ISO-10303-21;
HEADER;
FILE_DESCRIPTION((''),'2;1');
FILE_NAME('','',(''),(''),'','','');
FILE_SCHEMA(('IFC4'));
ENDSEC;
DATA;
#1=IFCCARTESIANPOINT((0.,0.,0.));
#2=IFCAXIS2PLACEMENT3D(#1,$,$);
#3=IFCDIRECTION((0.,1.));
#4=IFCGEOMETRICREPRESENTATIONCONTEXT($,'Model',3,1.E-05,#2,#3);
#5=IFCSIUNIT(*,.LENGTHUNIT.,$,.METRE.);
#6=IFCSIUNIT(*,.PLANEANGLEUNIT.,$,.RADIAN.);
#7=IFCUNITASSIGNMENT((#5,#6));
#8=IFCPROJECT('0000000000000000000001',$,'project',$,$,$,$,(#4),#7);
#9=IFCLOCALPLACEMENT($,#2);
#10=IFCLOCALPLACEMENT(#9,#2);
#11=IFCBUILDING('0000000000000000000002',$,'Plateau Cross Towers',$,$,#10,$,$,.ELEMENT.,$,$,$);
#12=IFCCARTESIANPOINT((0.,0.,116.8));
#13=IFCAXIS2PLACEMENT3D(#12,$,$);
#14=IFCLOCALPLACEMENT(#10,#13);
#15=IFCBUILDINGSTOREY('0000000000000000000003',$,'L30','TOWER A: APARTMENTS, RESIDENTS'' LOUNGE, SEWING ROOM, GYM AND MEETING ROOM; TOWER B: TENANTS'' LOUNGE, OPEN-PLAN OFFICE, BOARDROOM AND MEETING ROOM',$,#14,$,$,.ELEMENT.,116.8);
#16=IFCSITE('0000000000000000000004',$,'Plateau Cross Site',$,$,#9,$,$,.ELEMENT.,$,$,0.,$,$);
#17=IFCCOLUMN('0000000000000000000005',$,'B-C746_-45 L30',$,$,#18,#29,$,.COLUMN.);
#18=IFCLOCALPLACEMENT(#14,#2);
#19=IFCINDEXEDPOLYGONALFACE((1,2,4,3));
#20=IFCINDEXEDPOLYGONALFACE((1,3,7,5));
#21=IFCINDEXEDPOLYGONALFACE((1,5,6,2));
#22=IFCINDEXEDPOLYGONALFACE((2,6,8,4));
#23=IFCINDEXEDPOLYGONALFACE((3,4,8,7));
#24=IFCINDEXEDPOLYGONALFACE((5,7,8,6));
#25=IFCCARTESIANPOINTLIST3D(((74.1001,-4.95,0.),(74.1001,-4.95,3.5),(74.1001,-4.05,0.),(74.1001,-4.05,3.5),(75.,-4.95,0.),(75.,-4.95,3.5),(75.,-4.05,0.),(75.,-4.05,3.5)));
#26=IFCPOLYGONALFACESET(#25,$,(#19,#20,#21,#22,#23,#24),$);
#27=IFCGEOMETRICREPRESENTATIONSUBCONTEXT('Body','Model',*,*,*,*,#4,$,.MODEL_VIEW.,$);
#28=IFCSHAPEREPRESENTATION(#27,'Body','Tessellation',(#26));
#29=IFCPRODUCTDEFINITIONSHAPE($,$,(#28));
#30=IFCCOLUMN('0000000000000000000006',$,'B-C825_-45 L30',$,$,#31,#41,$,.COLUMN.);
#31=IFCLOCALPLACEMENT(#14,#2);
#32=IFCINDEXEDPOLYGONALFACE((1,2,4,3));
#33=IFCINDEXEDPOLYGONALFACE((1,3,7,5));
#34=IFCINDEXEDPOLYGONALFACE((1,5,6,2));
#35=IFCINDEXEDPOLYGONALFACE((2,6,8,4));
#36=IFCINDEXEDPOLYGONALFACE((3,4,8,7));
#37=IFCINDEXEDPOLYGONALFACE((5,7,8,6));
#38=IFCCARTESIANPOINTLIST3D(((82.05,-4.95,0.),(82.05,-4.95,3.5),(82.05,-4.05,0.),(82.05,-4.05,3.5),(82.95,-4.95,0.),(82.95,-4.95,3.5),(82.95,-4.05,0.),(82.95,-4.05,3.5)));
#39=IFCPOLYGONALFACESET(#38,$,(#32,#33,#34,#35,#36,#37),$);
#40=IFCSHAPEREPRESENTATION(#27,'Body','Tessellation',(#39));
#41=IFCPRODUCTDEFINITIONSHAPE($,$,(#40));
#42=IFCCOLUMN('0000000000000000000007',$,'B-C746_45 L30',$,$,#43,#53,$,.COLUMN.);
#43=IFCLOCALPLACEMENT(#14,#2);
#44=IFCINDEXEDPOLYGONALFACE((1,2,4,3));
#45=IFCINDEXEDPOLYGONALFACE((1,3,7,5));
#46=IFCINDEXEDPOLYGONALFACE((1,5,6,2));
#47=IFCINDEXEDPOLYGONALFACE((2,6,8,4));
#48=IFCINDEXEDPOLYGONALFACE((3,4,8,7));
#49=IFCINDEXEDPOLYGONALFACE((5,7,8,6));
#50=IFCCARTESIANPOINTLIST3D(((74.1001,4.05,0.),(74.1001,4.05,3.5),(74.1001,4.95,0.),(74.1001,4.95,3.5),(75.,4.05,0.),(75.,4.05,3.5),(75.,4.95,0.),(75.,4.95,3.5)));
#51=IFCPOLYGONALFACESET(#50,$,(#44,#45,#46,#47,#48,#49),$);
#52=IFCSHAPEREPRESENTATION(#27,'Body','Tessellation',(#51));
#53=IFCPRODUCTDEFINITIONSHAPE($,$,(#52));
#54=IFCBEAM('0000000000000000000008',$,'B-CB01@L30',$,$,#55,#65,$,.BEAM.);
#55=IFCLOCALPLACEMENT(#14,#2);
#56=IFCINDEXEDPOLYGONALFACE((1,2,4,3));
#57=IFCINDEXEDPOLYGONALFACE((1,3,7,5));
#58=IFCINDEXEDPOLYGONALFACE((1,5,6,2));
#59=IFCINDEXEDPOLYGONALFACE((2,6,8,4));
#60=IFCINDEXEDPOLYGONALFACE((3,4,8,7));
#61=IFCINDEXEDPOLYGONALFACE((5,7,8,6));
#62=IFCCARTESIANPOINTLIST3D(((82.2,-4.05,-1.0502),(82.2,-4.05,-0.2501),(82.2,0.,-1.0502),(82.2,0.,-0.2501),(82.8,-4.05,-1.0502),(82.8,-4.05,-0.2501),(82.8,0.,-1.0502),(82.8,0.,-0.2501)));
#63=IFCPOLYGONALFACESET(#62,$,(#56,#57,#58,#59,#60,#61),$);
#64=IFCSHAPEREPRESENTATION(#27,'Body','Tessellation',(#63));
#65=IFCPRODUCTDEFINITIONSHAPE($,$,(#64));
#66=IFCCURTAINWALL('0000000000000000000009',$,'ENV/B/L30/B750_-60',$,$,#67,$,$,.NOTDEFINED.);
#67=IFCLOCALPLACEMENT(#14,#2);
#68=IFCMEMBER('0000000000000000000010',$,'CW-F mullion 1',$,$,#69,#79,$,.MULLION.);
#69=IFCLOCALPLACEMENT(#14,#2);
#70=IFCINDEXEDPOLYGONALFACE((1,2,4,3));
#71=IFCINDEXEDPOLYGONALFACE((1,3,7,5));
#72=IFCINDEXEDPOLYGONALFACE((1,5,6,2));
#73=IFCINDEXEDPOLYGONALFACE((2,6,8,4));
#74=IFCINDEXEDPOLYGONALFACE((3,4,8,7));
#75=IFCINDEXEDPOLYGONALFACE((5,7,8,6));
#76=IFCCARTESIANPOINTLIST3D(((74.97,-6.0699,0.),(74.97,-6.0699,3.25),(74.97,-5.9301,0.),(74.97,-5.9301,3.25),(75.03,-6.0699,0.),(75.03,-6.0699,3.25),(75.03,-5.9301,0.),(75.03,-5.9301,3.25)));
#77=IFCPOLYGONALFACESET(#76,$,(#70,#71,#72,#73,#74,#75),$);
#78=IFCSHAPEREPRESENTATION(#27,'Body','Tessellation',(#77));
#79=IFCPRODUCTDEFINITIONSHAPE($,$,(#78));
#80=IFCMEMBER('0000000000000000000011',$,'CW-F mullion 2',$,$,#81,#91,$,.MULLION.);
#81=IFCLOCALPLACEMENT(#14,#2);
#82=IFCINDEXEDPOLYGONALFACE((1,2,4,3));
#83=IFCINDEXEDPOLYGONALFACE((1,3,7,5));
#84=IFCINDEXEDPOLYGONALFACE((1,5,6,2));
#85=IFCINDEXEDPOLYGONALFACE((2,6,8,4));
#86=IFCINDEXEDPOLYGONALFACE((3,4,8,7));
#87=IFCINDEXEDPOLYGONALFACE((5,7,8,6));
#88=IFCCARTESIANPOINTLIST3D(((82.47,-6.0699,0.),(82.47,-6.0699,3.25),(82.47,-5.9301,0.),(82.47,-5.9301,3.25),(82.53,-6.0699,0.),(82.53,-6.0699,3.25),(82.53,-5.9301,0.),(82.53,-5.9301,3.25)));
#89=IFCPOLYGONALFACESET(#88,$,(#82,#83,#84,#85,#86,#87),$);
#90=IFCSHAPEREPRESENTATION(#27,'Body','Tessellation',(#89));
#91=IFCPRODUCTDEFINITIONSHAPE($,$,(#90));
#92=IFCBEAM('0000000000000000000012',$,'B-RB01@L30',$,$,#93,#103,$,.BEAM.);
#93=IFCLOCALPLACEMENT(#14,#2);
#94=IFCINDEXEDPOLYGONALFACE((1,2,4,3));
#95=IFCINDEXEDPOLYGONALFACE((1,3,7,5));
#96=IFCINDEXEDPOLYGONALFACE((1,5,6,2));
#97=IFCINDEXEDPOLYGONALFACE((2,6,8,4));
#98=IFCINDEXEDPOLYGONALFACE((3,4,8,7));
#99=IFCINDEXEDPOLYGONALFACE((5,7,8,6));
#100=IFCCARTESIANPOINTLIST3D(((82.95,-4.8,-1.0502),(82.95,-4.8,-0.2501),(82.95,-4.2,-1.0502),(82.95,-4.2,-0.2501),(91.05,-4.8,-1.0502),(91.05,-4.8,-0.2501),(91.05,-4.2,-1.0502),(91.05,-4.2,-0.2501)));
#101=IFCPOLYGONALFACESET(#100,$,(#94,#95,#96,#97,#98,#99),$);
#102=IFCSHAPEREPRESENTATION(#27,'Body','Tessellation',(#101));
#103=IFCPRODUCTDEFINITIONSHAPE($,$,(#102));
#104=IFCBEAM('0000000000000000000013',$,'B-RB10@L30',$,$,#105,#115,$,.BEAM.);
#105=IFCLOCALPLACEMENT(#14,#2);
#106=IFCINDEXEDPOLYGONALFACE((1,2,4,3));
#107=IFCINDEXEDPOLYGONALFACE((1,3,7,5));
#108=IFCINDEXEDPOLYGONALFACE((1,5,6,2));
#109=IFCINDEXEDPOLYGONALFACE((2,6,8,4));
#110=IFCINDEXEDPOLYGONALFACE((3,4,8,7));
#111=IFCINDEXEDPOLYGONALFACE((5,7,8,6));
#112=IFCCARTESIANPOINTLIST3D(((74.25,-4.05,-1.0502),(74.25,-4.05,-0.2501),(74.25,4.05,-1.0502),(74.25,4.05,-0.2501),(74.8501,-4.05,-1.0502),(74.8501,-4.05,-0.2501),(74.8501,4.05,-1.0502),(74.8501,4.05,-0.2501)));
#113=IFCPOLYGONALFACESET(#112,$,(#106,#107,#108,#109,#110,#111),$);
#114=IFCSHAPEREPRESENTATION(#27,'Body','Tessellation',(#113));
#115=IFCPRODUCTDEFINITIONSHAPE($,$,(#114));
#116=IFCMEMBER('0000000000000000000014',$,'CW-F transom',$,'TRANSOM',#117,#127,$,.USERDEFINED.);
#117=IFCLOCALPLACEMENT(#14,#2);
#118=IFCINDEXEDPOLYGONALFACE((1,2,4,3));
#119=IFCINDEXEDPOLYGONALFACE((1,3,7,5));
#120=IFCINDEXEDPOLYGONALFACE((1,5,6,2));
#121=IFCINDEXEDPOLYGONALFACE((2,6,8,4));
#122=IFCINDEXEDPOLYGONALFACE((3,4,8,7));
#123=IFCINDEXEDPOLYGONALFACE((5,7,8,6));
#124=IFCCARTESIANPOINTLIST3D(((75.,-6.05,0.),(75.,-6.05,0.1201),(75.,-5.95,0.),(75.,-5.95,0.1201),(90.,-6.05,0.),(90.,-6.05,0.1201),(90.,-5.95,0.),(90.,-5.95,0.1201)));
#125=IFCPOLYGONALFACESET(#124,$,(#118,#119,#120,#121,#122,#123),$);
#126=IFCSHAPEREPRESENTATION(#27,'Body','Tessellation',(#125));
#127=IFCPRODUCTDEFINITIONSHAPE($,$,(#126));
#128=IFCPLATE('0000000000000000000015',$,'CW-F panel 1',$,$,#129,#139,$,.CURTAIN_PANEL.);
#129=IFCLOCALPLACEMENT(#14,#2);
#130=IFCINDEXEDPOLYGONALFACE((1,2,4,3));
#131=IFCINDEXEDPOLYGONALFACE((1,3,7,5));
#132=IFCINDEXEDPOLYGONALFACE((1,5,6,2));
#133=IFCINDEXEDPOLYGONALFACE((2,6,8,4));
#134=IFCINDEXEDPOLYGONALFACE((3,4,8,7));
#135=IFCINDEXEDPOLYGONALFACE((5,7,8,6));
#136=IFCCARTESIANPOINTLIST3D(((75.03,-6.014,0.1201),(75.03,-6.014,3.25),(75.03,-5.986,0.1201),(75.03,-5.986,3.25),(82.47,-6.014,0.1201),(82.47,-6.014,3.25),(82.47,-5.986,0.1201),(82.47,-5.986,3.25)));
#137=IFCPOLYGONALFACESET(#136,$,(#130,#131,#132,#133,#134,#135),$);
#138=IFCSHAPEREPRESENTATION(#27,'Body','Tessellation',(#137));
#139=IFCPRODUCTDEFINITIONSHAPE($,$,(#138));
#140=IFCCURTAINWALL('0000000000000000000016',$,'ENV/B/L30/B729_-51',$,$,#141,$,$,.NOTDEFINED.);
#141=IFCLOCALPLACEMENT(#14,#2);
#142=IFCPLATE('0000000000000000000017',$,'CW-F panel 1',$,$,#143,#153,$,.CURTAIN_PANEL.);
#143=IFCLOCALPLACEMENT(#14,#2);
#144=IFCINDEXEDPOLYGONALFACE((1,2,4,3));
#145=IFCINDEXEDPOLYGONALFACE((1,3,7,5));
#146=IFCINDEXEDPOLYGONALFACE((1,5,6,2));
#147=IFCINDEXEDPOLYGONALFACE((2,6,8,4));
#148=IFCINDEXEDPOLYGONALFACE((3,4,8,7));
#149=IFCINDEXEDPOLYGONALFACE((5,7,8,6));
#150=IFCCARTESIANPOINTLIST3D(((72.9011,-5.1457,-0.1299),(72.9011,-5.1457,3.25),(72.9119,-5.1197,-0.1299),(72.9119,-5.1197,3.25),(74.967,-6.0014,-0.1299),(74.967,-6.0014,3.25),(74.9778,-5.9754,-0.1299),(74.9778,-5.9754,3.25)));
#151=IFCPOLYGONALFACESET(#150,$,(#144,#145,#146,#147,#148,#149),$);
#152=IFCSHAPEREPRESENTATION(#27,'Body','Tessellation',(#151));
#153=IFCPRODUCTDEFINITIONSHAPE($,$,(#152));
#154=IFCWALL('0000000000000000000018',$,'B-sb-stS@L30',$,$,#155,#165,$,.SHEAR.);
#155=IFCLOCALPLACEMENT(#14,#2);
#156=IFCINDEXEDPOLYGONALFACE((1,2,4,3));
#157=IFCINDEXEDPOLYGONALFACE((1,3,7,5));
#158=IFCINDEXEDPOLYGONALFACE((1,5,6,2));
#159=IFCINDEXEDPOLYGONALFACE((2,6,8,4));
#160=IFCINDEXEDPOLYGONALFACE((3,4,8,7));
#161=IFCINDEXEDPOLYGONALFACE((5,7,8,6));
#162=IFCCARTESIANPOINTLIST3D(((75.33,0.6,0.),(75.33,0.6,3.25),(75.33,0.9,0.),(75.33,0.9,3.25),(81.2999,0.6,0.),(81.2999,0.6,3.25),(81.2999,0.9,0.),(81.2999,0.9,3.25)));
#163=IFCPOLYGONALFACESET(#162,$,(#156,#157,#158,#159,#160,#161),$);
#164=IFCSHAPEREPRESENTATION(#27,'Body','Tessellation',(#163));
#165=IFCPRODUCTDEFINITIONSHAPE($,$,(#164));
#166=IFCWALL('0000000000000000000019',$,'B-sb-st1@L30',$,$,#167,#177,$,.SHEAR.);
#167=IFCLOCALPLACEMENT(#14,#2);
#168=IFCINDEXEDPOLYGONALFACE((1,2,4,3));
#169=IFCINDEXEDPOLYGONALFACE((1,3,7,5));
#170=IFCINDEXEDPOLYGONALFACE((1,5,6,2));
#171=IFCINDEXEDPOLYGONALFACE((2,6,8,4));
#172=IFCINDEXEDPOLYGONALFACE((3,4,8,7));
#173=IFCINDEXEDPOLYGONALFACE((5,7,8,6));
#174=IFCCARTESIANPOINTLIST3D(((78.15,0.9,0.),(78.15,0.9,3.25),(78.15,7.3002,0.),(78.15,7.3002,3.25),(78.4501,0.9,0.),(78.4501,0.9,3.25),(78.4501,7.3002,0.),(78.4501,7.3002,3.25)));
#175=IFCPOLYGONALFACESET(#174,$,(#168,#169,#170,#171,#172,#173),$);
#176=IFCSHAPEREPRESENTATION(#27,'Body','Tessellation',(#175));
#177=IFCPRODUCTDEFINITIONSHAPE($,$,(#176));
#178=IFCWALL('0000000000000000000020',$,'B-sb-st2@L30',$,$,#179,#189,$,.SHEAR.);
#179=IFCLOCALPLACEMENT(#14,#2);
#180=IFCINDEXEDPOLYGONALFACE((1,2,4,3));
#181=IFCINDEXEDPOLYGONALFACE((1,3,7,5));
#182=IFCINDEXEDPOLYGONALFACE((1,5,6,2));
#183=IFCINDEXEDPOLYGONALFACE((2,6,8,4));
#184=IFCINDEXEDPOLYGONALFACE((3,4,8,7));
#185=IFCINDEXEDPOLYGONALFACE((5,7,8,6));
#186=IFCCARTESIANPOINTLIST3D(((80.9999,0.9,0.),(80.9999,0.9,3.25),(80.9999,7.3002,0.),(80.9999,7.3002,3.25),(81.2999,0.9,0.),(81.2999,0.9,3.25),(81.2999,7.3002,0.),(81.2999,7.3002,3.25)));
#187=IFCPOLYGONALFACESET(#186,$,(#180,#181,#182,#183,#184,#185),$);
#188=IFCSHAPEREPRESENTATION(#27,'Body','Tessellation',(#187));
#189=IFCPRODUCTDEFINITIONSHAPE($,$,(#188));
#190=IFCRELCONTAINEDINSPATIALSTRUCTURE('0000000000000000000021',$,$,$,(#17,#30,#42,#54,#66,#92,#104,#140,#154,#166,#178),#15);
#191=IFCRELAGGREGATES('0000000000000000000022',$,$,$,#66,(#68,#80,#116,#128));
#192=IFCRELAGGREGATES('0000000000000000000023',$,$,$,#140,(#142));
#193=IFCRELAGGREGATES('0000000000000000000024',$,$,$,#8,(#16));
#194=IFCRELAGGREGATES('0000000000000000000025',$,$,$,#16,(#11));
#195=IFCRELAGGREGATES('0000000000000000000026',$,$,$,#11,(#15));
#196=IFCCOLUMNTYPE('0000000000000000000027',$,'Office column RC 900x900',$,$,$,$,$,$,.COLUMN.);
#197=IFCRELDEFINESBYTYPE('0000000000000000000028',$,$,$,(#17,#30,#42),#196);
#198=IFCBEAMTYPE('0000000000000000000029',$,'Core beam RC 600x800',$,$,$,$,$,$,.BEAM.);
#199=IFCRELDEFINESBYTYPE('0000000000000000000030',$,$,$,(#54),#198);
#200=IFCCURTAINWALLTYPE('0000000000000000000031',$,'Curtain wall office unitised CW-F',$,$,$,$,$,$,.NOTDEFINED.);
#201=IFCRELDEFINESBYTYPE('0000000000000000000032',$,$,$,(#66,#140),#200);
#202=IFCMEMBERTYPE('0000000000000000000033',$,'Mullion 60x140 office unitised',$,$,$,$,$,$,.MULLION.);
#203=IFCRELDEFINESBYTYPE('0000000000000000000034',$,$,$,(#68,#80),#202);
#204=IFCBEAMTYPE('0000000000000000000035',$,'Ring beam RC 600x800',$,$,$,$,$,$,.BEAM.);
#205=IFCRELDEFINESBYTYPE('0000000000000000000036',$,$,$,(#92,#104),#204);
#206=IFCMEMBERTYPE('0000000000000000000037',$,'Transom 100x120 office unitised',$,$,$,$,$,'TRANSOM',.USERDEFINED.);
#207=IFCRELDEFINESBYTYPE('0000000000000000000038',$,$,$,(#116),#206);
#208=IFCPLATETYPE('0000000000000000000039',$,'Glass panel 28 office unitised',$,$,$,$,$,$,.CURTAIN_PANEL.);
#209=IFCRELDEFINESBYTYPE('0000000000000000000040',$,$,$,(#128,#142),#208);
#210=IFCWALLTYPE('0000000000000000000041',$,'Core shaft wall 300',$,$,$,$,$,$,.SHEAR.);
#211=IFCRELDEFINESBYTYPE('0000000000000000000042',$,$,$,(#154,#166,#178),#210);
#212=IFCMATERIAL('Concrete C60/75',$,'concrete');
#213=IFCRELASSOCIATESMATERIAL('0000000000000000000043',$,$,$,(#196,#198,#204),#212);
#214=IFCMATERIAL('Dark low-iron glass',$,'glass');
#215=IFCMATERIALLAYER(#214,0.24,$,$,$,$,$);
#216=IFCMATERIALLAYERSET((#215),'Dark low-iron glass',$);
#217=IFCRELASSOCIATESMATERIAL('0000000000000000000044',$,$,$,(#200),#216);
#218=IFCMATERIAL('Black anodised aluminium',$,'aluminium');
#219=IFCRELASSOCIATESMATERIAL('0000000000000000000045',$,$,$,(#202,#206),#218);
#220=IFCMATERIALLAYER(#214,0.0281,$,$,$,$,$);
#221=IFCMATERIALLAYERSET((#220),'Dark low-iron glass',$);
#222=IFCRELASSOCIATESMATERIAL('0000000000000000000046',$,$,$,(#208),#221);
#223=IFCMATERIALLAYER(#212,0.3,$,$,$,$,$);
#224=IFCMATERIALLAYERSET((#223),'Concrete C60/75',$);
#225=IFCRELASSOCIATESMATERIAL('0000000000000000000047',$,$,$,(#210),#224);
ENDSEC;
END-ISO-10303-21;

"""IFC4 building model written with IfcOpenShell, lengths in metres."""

from ifc_helpers import new_model, si_unit, direction, frame, frame_2d, origin, origin_2d, place, context, subcontext, project, spatial, rectangle, extrude, material, layer, layer_set, material_profile, profile_set, type_object, element, aggregate, save


model = new_model("IFC4")

# Units and contexts
model_context = context("Model", 3, precision=1e-05, world=origin(), true_north=direction((0.0, 1.0)))
body_context = subcontext(model_context, "Body", "Model", "MODEL_VIEW")
ifc_project = project(units=[si_unit("LENGTHUNIT", "METRE"), si_unit("PLANEANGLEUNIT", "RADIAN")], contexts=[model_context])

# Site, building, storey
site_placement = place(None, origin())
site = spatial("IfcSite", under=ifc_project, at=site_placement, Name="Plateau Cross Site", CompositionType="ELEMENT", RefElevation=0.0)
building_placement = place(site_placement, origin())
building = spatial("IfcBuilding", under=site, at=building_placement, Name="Plateau Cross Towers", CompositionType="ELEMENT")
storey_placement = place(building_placement, frame((0.0, 0.0, 116.8)))
storey = spatial("IfcBuildingStorey", under=building, at=storey_placement, Name="L30", Description="TOWER A: APARTMENTS, RESIDENTS' LOUNGE, SEWING ROOM, GYM AND MEETING ROOM; TOWER B: TENANTS' LOUNGE, OPEN-PLAN OFFICE, BOARDROOM AND MEETING ROOM", CompositionType="ELEMENT", Elevation=116.8)

# Columns
ifc_material_1 = material(Name="Concrete C60/75", Category="concrete")
ifc_material_profile_1 = material_profile(ifc_material_1, rectangle(XDim=0.8999, YDim=0.8999, at=origin_2d()), Name="RC 900x900")
ifc_profile_set_1 = profile_set([ifc_material_profile_1], Name="Concrete C60/75")
column_type = type_object("IfcColumnType", Name="Office column RC 900x900", PredefinedType="COLUMN", material=ifc_profile_set_1)
for number, where, z_axis, x_axis, name in (
    (1, (74.55, -4.5, 0.0), (0.0, 0.0, 1.0), (1.0, 0.0, 0.0), "B-C746_-45 L30"),
    (2, (82.5, -4.5, 0.0), (0.0, 0.0, 1.0), (1.0, 0.0, 0.0), "B-C825_-45 L30"),
    (3, (74.55, 4.5, 0.0), (0.0, 0.0, 1.0), (1.0, 0.0, 0.0), "B-C746_45 L30"),
):
    element("IfcColumn", number, at=place(storey_placement, frame(where, z_axis=z_axis, x_axis=x_axis)), inside=storey, type_object=column_type, Name=name, PredefinedType="COLUMN", context=body_context, shape_type="SweptSolid", body=[
        extrude(rectangle(XDim=0.8999, YDim=0.8999, at=origin_2d()), origin(), (0.0, 0.0, 1.0), 3.5),
    ])

# Beam
ifc_material_profile_2 = material_profile(ifc_material_1, rectangle(XDim=0.6001, YDim=0.8, at=origin_2d()), Name="RC 600x800")
ifc_profile_set_2 = profile_set([ifc_material_profile_2], Name="Concrete C60/75")
beam_type_1 = type_object("IfcBeamType", Name="Core beam RC 600x800", PredefinedType="BEAM", material=ifc_profile_set_2)
beam_placement = place(storey_placement, frame((82.5, 0.0, -0.6501), z_axis=(0.0, -1.0, 0.0), x_axis=(1.0, 0.0, 0.0)))
element("IfcBeam", 4, at=beam_placement, inside=storey, type_object=beam_type_1, Name="B-CB01@L30", PredefinedType="BEAM", context=body_context, shape_type="SweptSolid", body=[
    extrude(rectangle(XDim=0.6001, YDim=0.8, at=origin_2d()), origin(), (0.0, 0.0, 1.0), 4.05),
])

# Curtain wall, members
ifc_material_2 = material(Name="Dark low-iron glass", Category="glass")
ifc_layer_1 = layer(ifc_material_2, 0.24)
ifc_layer_set_1 = layer_set([ifc_layer_1], Name="Dark low-iron glass")
curtain_wall_type = type_object("IfcCurtainWallType", Name="Curtain wall office unitised CW-F", PredefinedType="NOTDEFINED", material=ifc_layer_set_1)
curtain_wall_1_placement = place(storey_placement, origin())
curtain_wall_1 = element("IfcCurtainWall", 5, at=curtain_wall_1_placement, inside=storey, type_object=curtain_wall_type, Name="ENV/B/L30/B750_-60", PredefinedType="NOTDEFINED")
ifc_material_3 = material(Name="Black anodised aluminium", Category="aluminium")
ifc_material_profile_3 = material_profile(ifc_material_3, rectangle(XDim=0.0601, YDim=0.1399, at=origin_2d()), Name="MULLION 60x140")
ifc_profile_set_3 = profile_set([ifc_material_profile_3], Name="Black anodised aluminium")
member_type_1 = type_object("IfcMemberType", Name="Mullion 60x140 office unitised", PredefinedType="MULLION", material=ifc_profile_set_3)
member_1_placement = place(storey_placement, frame((75.0, -6.0, 0.0), z_axis=(0.0, 0.0, 1.0), x_axis=(1.0, 0.0, 0.0)))
member_1 = element("IfcMember", 6, at=member_1_placement, type_object=member_type_1, Name="CW-F mullion 1", PredefinedType="MULLION", context=body_context, shape_type="SweptSolid", body=[
    extrude(rectangle(XDim=0.0601, YDim=0.1399, at=origin_2d()), origin(), (0.0, 0.0, 1.0), 3.25),
])
member_2_placement = place(storey_placement, frame((82.5, -6.0, 0.0), z_axis=(0.0, 0.0, 1.0), x_axis=(1.0, 0.0, 0.0)))
member_2 = element("IfcMember", 7, at=member_2_placement, type_object=member_type_1, Name="CW-F mullion 2", PredefinedType="MULLION", context=body_context, shape_type="SweptSolid", body=[
    extrude(rectangle(XDim=0.0601, YDim=0.1399, at=origin_2d()), origin(), (0.0, 0.0, 1.0), 3.25),
])

# Beams
ifc_material_profile_4 = material_profile(ifc_material_1, rectangle(XDim=0.6001, YDim=0.8, at=origin_2d()), Name="RC 600x800")
ifc_profile_set_4 = profile_set([ifc_material_profile_4], Name="Concrete C60/75")
beam_type_2 = type_object("IfcBeamType", Name="Ring beam RC 600x800", PredefinedType="BEAM", material=ifc_profile_set_4)
for number, where, z_axis, x_axis, name in (
    (8, (82.95, -4.5, -0.6501), (1.0, 0.0, 0.0), (0.0, 1.0, 0.0), "B-RB01@L30"),
    (9, (74.55, 4.05, -0.6501), (0.0, -1.0, 0.0), (1.0, 0.0, 0.0), "B-RB10@L30"),
):
    element("IfcBeam", number, at=place(storey_placement, frame(where, z_axis=z_axis, x_axis=x_axis)), inside=storey, type_object=beam_type_2, Name=name, PredefinedType="BEAM", context=body_context, shape_type="SweptSolid", body=[
        extrude(rectangle(XDim=0.6001, YDim=0.8, at=origin_2d()), origin(), (0.0, 0.0, 1.0), 8.1001),
    ])

# Member
ifc_material_profile_5 = material_profile(ifc_material_3, rectangle(XDim=0.1001, YDim=0.1201, at=origin_2d()), Name="TRANSOM 100x120")
ifc_profile_set_5 = profile_set([ifc_material_profile_5], Name="Black anodised aluminium")
member_type_2 = type_object("IfcMemberType", Name="Transom 100x120 office unitised", ElementType="TRANSOM", PredefinedType="USERDEFINED", material=ifc_profile_set_5)
member_3_placement = place(storey_placement, frame((75.0, -6.0, 0.0601), z_axis=(1.0, 0.0, 0.0), x_axis=(0.0, 1.0, 0.0)))
member_3 = element("IfcMember", 10, at=member_3_placement, type_object=member_type_2, Name="CW-F transom", ObjectType="TRANSOM", PredefinedType="USERDEFINED", context=body_context, shape_type="SweptSolid", body=[
    extrude(rectangle(XDim=0.1001, YDim=0.1201, at=origin_2d()), origin(), (0.0, 0.0, 1.0), 15.0),
])

# Plate
ifc_layer_2 = layer(ifc_material_2, 0.0281)
ifc_layer_set_2 = layer_set([ifc_layer_2], Name="Dark low-iron glass")
plate_type = type_object("IfcPlateType", Name="Glass panel 28 office unitised", PredefinedType="CURTAIN_PANEL", material=ifc_layer_set_2)
plate_1_placement = place(storey_placement, frame((78.75, -6.0, 0.1201), z_axis=(0.0, 0.0, 1.0), x_axis=(1.0, 0.0, 0.0)))
plate_1 = element("IfcPlate", 11, at=plate_1_placement, type_object=plate_type, Name="CW-F panel 1", PredefinedType="CURTAIN_PANEL", context=body_context, shape_type="SweptSolid", body=[
    extrude(rectangle(XDim=7.4399, YDim=0.0281, at=origin_2d()), origin(), (0.0, 0.0, 1.0), 3.1299),
])
aggregate(curtain_wall_1, [member_1, member_2, member_3, plate_1])

# Curtain wall, plate
curtain_wall_2_placement = place(storey_placement, origin())
curtain_wall_2 = element("IfcCurtainWall", 12, at=curtain_wall_2_placement, inside=storey, type_object=curtain_wall_type, Name="ENV/B/L30/B729_-51", PredefinedType="NOTDEFINED")
plate_2_placement = place(storey_placement, frame((73.9395, -5.5605, -0.1299), z_axis=(0.0, 0.0, 1.0), x_axis=(0.923879, -0.382684, 0.0)))
plate_2 = element("IfcPlate", 13, at=plate_2_placement, type_object=plate_type, Name="CW-F panel 1", PredefinedType="CURTAIN_PANEL", context=body_context, shape_type="SweptSolid", body=[
    extrude(rectangle(XDim=2.2361, YDim=0.0281, at=origin_2d()), origin(), (0.0, 0.0, 1.0), 3.3799),
])
aggregate(curtain_wall_2, [plate_2])

# Walls
ifc_layer_3 = layer(ifc_material_1, 0.3)
ifc_layer_set_3 = layer_set([ifc_layer_3], Name="Concrete C60/75")
wall_type_1 = type_object("IfcWallType", Name="Core shaft wall 300", PredefinedType="SHEAR", material=ifc_layer_set_3)
wall_1_placement = place(storey_placement, frame((75.3301, 0.75, 0.0), z_axis=(0.0, 0.0, 1.0), x_axis=(1.0, 0.0, 0.0)))
element("IfcWall", 14, at=wall_1_placement, inside=storey, type_object=wall_type_1, Name="B-sb-stS@L30", PredefinedType="SHEAR", context=body_context, shape_type="SweptSolid", body=[
    extrude(rectangle(XDim=5.97, YDim=0.3, at=frame_2d((2.9849, 0.0))), origin(), (0.0, 0.0, 1.0), 3.25),
])
for number, where, z_axis, x_axis, name in (
    (15, (78.3, 0.8999, 0.0), (0.0, 0.0, 1.0), (0.0, 1.0, 0.0), "B-sb-st1@L30"),
    (16, (81.1499, 0.8999, 0.0), (0.0, 0.0, 1.0), (0.0, 1.0, 0.0), "B-sb-st2@L30"),
):
    element("IfcWall", number, at=place(storey_placement, frame(where, z_axis=z_axis, x_axis=x_axis)), inside=storey, type_object=wall_type_1, Name=name, PredefinedType="SHEAR", context=body_context, shape_type="SweptSolid", body=[
        extrude(rectangle(XDim=6.4001, YDim=0.3, at=frame_2d((3.2002, 0.0))), origin(), (0.0, 0.0, 1.0), 3.25),
    ])

save(model, "model.ifc")
